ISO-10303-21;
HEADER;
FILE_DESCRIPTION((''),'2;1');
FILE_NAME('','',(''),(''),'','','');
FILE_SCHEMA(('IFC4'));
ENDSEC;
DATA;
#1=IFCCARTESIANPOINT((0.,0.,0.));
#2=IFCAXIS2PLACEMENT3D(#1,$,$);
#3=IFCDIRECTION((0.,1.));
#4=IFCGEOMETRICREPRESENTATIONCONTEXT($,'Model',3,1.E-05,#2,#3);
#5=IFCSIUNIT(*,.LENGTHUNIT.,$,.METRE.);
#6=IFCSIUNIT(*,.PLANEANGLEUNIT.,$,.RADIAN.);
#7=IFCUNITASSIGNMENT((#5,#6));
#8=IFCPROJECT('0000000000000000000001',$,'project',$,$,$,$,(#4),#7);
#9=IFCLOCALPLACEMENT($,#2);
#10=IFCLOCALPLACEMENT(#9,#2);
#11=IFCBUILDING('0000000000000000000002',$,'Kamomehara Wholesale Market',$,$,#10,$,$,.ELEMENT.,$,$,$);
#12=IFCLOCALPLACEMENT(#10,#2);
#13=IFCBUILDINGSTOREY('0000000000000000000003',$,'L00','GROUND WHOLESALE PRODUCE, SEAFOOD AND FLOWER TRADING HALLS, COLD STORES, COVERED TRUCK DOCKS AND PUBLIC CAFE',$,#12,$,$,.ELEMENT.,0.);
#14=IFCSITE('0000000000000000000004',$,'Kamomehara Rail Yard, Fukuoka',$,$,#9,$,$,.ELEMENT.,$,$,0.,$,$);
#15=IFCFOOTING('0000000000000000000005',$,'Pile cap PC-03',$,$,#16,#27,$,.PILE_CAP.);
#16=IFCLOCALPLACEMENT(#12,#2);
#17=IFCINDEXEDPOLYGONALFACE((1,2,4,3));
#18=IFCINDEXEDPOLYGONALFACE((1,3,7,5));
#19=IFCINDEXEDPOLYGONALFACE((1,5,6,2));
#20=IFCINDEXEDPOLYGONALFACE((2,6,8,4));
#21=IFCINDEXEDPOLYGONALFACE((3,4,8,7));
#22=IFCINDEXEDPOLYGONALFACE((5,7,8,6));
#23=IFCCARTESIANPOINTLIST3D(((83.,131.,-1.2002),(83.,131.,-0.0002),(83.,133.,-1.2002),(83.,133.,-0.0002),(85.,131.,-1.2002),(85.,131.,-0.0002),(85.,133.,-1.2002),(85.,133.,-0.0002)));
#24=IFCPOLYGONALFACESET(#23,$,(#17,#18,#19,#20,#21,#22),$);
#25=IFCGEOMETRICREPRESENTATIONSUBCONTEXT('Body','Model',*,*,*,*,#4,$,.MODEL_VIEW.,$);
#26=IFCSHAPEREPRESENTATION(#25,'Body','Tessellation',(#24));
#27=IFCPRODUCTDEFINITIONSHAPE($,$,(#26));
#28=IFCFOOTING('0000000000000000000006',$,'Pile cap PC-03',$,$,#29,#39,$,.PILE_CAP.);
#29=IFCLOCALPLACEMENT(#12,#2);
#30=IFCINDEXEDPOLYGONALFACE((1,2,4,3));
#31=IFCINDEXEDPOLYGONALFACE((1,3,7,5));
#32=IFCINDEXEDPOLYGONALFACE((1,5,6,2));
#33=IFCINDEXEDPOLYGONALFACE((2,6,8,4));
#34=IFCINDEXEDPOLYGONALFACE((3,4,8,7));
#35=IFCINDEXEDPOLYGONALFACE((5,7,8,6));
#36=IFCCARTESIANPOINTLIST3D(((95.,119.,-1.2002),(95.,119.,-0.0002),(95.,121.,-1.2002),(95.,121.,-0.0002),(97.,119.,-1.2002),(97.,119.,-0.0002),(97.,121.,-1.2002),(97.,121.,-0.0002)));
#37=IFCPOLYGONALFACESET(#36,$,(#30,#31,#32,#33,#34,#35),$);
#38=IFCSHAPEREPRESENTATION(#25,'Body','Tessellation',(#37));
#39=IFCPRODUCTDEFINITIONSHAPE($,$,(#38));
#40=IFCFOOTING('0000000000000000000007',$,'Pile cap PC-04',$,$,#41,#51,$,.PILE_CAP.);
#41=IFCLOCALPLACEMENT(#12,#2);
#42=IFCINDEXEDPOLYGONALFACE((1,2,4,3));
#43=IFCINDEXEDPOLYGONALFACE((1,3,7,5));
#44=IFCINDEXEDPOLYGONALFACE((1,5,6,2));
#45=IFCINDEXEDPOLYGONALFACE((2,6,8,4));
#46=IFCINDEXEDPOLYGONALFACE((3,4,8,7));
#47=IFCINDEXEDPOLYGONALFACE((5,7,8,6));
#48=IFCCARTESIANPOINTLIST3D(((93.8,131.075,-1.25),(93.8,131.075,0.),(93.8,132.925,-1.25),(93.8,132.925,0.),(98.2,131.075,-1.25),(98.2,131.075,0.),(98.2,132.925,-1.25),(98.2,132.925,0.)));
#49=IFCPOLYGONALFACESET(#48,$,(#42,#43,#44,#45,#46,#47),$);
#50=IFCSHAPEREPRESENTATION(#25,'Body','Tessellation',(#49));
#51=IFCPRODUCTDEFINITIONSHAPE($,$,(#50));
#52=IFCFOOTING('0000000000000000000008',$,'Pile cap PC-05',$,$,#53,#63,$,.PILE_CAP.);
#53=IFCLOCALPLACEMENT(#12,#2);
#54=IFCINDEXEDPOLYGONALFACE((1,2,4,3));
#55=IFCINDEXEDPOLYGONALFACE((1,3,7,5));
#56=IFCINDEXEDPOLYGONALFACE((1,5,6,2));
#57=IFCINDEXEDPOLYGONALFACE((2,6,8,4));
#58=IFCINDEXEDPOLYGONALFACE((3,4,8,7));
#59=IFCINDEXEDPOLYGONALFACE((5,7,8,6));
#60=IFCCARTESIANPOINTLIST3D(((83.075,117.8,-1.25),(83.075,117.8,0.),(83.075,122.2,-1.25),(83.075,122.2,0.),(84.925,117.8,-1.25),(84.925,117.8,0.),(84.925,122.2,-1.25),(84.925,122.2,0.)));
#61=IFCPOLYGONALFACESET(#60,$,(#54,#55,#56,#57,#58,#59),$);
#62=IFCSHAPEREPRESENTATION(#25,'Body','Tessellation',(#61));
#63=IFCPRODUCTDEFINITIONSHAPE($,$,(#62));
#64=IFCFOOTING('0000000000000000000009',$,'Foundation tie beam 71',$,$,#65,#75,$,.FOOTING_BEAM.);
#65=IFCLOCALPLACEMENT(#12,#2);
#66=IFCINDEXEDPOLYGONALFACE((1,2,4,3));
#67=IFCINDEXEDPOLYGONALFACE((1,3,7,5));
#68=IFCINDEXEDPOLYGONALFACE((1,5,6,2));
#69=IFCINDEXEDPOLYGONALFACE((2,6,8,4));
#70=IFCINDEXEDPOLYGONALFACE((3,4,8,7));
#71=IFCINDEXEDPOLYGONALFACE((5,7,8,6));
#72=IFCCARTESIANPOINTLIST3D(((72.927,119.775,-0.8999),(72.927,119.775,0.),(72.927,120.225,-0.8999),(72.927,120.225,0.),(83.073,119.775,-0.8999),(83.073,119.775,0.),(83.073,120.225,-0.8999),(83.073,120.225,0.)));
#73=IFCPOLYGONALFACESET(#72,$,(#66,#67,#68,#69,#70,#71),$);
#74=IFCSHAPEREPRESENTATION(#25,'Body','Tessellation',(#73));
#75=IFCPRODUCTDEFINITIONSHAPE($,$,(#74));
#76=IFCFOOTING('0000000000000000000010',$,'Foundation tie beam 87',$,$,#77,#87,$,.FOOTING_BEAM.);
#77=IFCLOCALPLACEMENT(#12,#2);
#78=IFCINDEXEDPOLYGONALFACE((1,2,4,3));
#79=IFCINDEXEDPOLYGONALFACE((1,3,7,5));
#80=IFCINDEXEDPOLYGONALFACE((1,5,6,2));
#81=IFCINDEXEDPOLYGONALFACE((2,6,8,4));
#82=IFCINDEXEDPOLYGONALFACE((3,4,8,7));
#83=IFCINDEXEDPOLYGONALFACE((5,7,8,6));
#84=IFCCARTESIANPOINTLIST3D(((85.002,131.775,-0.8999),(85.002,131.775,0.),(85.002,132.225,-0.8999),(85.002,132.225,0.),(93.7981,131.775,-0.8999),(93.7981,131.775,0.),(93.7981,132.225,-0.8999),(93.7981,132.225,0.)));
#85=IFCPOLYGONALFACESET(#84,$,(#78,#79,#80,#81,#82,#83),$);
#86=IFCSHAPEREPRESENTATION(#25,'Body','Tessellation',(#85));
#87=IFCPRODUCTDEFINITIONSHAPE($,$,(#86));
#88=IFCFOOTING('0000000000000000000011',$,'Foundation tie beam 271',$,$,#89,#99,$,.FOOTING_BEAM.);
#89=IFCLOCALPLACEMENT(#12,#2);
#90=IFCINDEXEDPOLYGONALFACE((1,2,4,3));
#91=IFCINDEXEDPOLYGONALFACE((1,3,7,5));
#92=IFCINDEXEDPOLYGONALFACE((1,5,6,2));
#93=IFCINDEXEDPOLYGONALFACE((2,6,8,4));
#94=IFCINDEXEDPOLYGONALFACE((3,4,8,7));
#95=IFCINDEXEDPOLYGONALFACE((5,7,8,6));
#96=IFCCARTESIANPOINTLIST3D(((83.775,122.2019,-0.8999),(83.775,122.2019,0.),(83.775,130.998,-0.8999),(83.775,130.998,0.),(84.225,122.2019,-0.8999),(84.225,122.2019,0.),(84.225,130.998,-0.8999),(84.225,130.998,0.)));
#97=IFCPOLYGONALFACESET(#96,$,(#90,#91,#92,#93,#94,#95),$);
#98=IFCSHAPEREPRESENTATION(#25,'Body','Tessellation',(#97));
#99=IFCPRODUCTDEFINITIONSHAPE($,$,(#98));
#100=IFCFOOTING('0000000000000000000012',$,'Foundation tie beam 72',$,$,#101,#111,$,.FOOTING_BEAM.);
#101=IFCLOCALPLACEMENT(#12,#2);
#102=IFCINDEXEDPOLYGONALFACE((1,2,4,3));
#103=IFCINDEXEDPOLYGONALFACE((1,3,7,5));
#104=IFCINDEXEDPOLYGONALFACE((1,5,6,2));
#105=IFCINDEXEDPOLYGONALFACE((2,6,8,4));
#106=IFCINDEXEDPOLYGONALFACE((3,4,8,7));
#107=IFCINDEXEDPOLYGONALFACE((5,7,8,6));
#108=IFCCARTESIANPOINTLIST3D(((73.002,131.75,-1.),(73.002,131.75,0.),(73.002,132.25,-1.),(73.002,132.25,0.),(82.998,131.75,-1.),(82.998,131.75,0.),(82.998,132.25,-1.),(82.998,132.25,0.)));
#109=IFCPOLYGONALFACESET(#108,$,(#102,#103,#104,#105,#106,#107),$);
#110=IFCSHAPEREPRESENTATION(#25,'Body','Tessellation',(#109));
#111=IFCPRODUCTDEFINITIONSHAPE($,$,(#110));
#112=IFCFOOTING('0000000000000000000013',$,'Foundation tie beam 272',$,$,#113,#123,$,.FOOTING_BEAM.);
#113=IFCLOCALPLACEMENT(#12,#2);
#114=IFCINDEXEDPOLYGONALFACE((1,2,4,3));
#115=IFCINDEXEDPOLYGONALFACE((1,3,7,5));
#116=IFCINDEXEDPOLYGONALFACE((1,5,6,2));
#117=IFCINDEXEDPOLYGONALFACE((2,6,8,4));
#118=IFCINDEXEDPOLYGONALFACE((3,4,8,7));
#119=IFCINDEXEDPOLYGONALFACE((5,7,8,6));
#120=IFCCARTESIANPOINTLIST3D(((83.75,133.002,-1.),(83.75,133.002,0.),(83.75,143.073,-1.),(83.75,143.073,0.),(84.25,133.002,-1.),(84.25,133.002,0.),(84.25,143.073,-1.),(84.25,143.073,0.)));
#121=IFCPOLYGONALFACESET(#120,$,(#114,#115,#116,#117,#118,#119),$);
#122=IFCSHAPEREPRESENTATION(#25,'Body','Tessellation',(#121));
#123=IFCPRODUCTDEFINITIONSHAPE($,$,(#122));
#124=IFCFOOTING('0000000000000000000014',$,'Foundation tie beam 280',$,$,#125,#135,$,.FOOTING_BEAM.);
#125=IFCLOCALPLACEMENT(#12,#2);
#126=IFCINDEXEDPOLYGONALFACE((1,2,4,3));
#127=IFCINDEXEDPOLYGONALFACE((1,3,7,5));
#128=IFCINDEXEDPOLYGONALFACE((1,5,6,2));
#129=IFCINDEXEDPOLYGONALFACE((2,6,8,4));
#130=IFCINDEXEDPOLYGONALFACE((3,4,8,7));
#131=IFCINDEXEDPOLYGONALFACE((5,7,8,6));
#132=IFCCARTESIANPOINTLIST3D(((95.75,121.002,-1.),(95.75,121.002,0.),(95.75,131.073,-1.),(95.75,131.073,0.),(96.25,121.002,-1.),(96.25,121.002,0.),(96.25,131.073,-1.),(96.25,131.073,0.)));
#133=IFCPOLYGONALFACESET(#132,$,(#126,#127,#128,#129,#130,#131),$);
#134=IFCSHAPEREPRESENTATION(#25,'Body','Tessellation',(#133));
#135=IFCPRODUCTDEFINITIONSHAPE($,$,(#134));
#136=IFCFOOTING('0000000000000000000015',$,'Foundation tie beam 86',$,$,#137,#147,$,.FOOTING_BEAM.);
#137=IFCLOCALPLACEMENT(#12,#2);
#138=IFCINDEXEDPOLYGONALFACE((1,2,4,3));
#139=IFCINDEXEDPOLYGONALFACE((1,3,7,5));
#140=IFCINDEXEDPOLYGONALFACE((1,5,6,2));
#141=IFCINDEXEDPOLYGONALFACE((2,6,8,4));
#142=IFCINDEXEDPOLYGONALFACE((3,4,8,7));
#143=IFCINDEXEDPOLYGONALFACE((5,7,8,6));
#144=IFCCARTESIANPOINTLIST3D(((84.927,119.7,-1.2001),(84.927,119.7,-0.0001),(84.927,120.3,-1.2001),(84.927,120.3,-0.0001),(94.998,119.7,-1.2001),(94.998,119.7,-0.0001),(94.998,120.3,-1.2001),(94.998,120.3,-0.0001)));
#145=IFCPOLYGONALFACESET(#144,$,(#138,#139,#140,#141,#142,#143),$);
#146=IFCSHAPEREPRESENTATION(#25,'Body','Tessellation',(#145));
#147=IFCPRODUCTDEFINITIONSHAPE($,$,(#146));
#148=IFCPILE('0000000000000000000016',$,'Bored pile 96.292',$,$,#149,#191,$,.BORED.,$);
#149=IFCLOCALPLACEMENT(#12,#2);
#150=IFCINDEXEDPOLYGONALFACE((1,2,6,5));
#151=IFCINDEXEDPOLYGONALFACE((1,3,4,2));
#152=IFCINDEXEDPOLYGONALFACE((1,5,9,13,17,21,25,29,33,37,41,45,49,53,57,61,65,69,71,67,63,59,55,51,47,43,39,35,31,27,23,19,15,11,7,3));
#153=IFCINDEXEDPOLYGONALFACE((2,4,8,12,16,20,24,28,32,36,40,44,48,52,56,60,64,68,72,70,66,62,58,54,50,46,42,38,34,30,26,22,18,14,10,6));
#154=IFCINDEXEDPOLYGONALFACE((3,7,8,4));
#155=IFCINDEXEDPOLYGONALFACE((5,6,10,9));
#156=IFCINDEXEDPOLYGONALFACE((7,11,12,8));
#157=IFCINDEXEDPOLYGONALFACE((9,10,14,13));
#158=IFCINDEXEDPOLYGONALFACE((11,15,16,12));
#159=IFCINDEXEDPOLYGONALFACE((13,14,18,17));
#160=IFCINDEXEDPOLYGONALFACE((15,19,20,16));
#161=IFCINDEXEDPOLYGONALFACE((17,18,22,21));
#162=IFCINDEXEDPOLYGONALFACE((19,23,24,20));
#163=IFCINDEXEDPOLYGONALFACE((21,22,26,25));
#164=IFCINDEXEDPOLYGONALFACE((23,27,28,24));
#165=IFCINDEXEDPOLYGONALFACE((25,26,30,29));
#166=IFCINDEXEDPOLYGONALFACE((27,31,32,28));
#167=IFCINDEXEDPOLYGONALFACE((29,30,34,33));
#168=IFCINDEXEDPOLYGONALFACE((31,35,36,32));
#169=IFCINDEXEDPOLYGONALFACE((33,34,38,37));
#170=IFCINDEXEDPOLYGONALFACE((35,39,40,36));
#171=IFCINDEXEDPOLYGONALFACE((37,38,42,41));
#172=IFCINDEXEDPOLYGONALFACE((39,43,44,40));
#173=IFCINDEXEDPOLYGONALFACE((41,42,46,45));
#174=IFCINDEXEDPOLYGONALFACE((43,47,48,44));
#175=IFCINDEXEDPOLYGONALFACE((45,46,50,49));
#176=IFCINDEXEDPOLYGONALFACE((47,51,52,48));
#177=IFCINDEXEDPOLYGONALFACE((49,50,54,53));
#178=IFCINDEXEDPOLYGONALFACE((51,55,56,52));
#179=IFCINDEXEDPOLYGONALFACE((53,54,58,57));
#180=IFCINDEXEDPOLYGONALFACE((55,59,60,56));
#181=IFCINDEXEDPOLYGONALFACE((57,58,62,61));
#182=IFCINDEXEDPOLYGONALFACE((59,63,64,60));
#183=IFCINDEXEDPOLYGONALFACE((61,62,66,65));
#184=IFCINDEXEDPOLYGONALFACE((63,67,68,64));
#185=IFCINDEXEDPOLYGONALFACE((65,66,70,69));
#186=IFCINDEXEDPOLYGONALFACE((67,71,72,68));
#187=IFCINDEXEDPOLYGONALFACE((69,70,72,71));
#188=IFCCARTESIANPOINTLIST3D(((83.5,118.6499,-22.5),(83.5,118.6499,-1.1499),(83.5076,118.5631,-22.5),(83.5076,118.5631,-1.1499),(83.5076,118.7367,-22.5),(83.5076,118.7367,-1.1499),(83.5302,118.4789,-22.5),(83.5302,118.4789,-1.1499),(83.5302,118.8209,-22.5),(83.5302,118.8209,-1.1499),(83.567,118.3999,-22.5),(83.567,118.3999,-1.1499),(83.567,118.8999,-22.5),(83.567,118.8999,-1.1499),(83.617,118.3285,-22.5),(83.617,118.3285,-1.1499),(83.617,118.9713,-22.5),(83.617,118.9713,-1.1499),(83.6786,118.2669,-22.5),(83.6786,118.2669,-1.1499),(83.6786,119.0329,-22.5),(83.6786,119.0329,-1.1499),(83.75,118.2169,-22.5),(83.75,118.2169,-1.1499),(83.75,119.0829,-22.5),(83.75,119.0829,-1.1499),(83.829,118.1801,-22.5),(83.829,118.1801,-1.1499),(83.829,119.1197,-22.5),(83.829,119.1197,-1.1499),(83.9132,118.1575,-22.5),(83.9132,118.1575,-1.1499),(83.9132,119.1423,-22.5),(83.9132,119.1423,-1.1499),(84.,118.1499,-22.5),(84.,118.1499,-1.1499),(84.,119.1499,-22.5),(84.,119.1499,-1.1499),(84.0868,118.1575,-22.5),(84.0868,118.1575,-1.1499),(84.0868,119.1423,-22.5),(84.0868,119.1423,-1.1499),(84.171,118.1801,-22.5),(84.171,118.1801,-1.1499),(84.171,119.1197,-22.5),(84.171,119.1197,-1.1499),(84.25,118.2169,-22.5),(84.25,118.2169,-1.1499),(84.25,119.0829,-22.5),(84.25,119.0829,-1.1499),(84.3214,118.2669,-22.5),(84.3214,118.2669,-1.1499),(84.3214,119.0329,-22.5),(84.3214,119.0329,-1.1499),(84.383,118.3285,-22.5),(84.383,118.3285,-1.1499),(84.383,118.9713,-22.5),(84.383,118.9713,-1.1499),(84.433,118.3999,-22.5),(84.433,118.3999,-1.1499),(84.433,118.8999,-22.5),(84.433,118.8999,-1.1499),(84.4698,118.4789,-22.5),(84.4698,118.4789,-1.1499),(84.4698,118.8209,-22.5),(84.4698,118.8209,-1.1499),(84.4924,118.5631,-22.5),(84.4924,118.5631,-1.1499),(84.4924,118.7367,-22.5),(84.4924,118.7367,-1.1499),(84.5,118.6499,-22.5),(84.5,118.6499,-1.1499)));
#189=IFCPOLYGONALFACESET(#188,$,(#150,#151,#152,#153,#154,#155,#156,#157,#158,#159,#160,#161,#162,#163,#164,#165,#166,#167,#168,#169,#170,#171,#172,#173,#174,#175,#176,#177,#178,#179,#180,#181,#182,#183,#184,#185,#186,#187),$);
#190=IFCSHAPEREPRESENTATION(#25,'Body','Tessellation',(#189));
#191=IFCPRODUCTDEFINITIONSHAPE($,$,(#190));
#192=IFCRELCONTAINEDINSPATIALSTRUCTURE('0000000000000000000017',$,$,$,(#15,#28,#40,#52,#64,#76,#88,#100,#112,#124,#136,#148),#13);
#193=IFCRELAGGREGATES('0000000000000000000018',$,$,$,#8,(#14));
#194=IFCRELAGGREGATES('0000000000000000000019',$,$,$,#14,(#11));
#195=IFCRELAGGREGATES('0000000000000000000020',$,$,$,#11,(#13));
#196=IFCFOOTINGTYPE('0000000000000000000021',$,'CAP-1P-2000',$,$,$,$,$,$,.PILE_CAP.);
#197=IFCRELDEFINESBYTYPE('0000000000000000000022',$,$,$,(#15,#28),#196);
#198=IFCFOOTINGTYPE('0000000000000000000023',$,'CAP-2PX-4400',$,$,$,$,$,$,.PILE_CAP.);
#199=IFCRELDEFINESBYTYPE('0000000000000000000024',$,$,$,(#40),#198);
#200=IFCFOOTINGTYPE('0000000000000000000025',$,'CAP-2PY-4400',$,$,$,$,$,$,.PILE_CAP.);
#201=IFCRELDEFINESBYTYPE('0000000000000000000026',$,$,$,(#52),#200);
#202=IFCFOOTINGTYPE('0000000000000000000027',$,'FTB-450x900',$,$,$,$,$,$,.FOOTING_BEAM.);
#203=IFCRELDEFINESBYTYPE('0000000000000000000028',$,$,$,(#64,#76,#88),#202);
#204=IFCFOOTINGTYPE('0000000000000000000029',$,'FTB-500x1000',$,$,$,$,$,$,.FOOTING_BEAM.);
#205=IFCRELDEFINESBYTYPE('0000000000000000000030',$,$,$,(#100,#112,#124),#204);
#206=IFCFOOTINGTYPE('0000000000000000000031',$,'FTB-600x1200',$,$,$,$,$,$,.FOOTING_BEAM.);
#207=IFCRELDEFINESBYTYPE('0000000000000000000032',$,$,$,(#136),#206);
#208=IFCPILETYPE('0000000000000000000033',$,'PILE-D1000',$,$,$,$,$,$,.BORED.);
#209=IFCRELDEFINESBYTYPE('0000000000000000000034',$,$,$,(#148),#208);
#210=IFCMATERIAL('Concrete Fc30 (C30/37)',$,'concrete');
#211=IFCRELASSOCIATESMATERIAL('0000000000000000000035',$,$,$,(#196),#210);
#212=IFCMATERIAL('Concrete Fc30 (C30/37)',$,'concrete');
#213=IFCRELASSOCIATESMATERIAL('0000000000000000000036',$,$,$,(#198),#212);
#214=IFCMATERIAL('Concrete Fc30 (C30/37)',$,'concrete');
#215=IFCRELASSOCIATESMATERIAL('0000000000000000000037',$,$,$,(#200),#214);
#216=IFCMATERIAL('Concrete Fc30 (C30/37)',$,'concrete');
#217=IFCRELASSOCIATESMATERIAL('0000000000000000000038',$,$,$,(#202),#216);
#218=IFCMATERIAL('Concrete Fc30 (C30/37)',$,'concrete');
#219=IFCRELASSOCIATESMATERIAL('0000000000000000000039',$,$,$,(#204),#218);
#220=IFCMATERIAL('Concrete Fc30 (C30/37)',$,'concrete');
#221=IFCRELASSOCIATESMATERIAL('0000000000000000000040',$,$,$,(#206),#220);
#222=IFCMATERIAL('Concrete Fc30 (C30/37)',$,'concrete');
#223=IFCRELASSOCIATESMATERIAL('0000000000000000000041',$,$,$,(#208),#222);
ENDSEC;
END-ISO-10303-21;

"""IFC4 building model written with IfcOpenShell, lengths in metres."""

from ifc_helpers import new_model, si_unit, direction, frame, origin, origin_2d, place, context, subcontext, project, spatial, rectangle, circle, extrude, material, material_profile, profile_set, type_object, element, save


model = new_model("IFC4")

# Units and contexts
model_context = context("Model", 3, precision=1e-05, world=origin(), true_north=direction((0.0, 1.0)))
body_context = subcontext(model_context, "Body", "Model", "MODEL_VIEW")
ifc_project = project(units=[si_unit("LENGTHUNIT", "METRE"), si_unit("PLANEANGLEUNIT", "RADIAN")], contexts=[model_context])

# Site, building, storey
site_placement = place(None, origin())
site = spatial("IfcSite", under=ifc_project, at=site_placement, Name="Kamomehara Rail Yard, Fukuoka", CompositionType="ELEMENT", RefElevation=0.0)
building_placement = place(site_placement, origin())
building = spatial("IfcBuilding", under=site, at=building_placement, Name="Kamomehara Wholesale Market", CompositionType="ELEMENT")
storey_placement = place(building_placement, origin())
storey = spatial("IfcBuildingStorey", under=building, at=storey_placement, Name="L00", Description="GROUND WHOLESALE PRODUCE, SEAFOOD AND FLOWER TRADING HALLS, COLD STORES, COVERED TRUCK DOCKS AND PUBLIC CAFE", CompositionType="ELEMENT", Elevation=0.0)

# Footings
ifc_material_1 = material(Name="Concrete Fc30 (C30/37)", Category="concrete")
footing_type_1 = type_object("IfcFootingType", Name="CAP-1P-2000", PredefinedType="PILE_CAP", material=ifc_material_1)
for number, where, z_axis, x_axis, name in (
    (1, (84.0, 132.0, -1.2002), (0.0, 0.0, 1.0), (1.0, 0.0, 0.0), "Pile cap PC-03"),
    (2, (96.0, 120.0, -1.2002), (0.0, 0.0, 1.0), (1.0, 0.0, 0.0), "Pile cap PC-03"),
):
    element("IfcFooting", number, at=place(storey_placement, frame(where, z_axis=z_axis, x_axis=x_axis)), inside=storey, type_object=footing_type_1, Name=name, PredefinedType="PILE_CAP", context=body_context, shape_type="SweptSolid", body=[
        extrude(rectangle(XDim=2.0, YDim=2.0, at=origin_2d()), origin(), (0.0, 0.0, 1.0), 1.2),
    ])
ifc_material_2 = material(Name="Concrete Fc30 (C30/37)", Category="concrete")
footing_type_2 = type_object("IfcFootingType", Name="CAP-2PX-4400", PredefinedType="PILE_CAP", material=ifc_material_2)
footing_1_placement = place(storey_placement, frame((96.0, 132.0, -1.25), z_axis=(0.0, 0.0, 1.0), x_axis=(1.0, 0.0, 0.0)))
element("IfcFooting", 3, at=footing_1_placement, inside=storey, type_object=footing_type_2, Name="Pile cap PC-04", PredefinedType="PILE_CAP", context=body_context, shape_type="SweptSolid", body=[
    extrude(rectangle(XDim=4.3999, YDim=1.8501, at=origin_2d()), origin(), (0.0, 0.0, 1.0), 1.25),
])
ifc_material_3 = material(Name="Concrete Fc30 (C30/37)", Category="concrete")
footing_type_3 = type_object("IfcFootingType", Name="CAP-2PY-4400", PredefinedType="PILE_CAP", material=ifc_material_3)
footing_2_placement = place(storey_placement, frame((84.0, 120.0, -1.25), z_axis=(0.0, 0.0, 1.0), x_axis=(1.0, 0.0, 0.0)))
element("IfcFooting", 4, at=footing_2_placement, inside=storey, type_object=footing_type_3, Name="Pile cap PC-05", PredefinedType="PILE_CAP", context=body_context, shape_type="SweptSolid", body=[
    extrude(rectangle(XDim=1.8501, YDim=4.3999, at=origin_2d()), origin(), (0.0, 0.0, 1.0), 1.25),
])
ifc_material_4 = material(Name="Concrete Fc30 (C30/37)", Category="concrete")
ifc_material_profile_1 = material_profile(ifc_material_4, rectangle(XDim=0.45, YDim=0.8999, at=origin_2d()), Name="RC-FTB-450x900")
ifc_profile_set_1 = profile_set([ifc_material_profile_1], Name="Concrete Fc30 (C30/37)")
footing_type_4 = type_object("IfcFootingType", Name="FTB-450x900", PredefinedType="FOOTING_BEAM", material=ifc_profile_set_1)
footing_3_placement = place(storey_placement, frame((72.927, 120.0, -0.45), z_axis=(1.0, 0.0, 0.0), x_axis=(0.0, 1.0, 0.0)))
element("IfcFooting", 5, at=footing_3_placement, inside=storey, type_object=footing_type_4, Name="Foundation tie beam 71", PredefinedType="FOOTING_BEAM", context=body_context, shape_type="SweptSolid", body=[
    extrude(rectangle(XDim=0.45, YDim=0.8999, at=origin_2d()), origin(), (0.0, 0.0, 1.0), 10.146),
])
for number, where, z_axis, x_axis, name in (
    (6, (85.002, 132.0, -0.45), (1.0, 0.0, 0.0), (0.0, 1.0, 0.0), "Foundation tie beam 87"),
    (7, (84.0, 122.2019, -0.45), (0.0, 1.0, 0.0), (-1.0, 0.0, 0.0), "Foundation tie beam 271"),
):
    element("IfcFooting", number, at=place(storey_placement, frame(where, z_axis=z_axis, x_axis=x_axis)), inside=storey, type_object=footing_type_4, Name=name, PredefinedType="FOOTING_BEAM", context=body_context, shape_type="SweptSolid", body=[
        extrude(rectangle(XDim=0.45, YDim=0.8999, at=origin_2d()), origin(), (0.0, 0.0, 1.0), 8.7961),
    ])
ifc_material_5 = material(Name="Concrete Fc30 (C30/37)", Category="concrete")
ifc_material_profile_2 = material_profile(ifc_material_5, rectangle(XDim=0.5, YDim=1.0, at=origin_2d()), Name="RC-FTB-500x1000")
ifc_profile_set_2 = profile_set([ifc_material_profile_2], Name="Concrete Fc30 (C30/37)")
footing_type_5 = type_object("IfcFootingType", Name="FTB-500x1000", PredefinedType="FOOTING_BEAM", material=ifc_profile_set_2)
footing_4_placement = place(storey_placement, frame((73.002, 132.0, -0.5), z_axis=(1.0, 0.0, 0.0), x_axis=(0.0, 1.0, 0.0)))
element("IfcFooting", 8, at=footing_4_placement, inside=storey, type_object=footing_type_5, Name="Foundation tie beam 72", PredefinedType="FOOTING_BEAM", context=body_context, shape_type="SweptSolid", body=[
    extrude(rectangle(XDim=0.5, YDim=1.0, at=origin_2d()), origin(), (0.0, 0.0, 1.0), 9.9961),
])
for number, where, z_axis, x_axis, name in (
    (9, (84.0, 133.002, -0.5), (0.0, 1.0, 0.0), (-1.0, 0.0, 0.0), "Foundation tie beam 272"),
    (10, (96.0, 121.002, -0.5), (0.0, 1.0, 0.0), (-1.0, 0.0, 0.0), "Foundation tie beam 280"),
):
    element("IfcFooting", number, at=place(storey_placement, frame(where, z_axis=z_axis, x_axis=x_axis)), inside=storey, type_object=footing_type_5, Name=name, PredefinedType="FOOTING_BEAM", context=body_context, shape_type="SweptSolid", body=[
        extrude(rectangle(XDim=0.5, YDim=1.0, at=origin_2d()), origin(), (0.0, 0.0, 1.0), 10.071),
    ])
ifc_material_6 = material(Name="Concrete Fc30 (C30/37)", Category="concrete")
ifc_material_profile_3 = material_profile(ifc_material_6, rectangle(XDim=0.6001, YDim=1.2, at=origin_2d()), Name="RC-FTB-600x1200")
ifc_profile_set_3 = profile_set([ifc_material_profile_3], Name="Concrete Fc30 (C30/37)")
footing_type_6 = type_object("IfcFootingType", Name="FTB-600x1200", PredefinedType="FOOTING_BEAM", material=ifc_profile_set_3)
footing_5_placement = place(storey_placement, frame((84.927, 120.0, -0.6001), z_axis=(1.0, 0.0, 0.0), x_axis=(0.0, 1.0, 0.0)))
element("IfcFooting", 11, at=footing_5_placement, inside=storey, type_object=footing_type_6, Name="Foundation tie beam 86", PredefinedType="FOOTING_BEAM", context=body_context, shape_type="SweptSolid", body=[
    extrude(rectangle(XDim=0.6001, YDim=1.2, at=origin_2d()), origin(), (0.0, 0.0, 1.0), 10.071),
])

# Pile
ifc_material_7 = material(Name="Concrete Fc30 (C30/37)", Category="concrete")
ifc_material_profile_4 = material_profile(ifc_material_7, circle(Radius=0.5, at=origin_2d()), Name="RC-PILE-D1000")
ifc_profile_set_4 = profile_set([ifc_material_profile_4], Name="Concrete Fc30 (C30/37)")
pile_type_1 = type_object("IfcPileType", Name="PILE-D1000", PredefinedType="BORED", material=ifc_profile_set_4)
for number, where, z_axis, x_axis, name in (
    (12, (84.0, 118.6499, -1.1499), (0.0, 0.0, -1.0), (1.0, 0.0, 0.0), "Bored pile 96.292"),
):
    element("IfcPile", number, at=place(storey_placement, frame(where, z_axis=z_axis, x_axis=x_axis)), inside=storey, type_object=pile_type_1, Name=name, PredefinedType="BORED", context=body_context, shape_type="SweptSolid", body=[
        extrude(circle(Radius=0.5, at=origin_2d()), origin(), (0.0, 0.0, 1.0), 21.3501),
    ])

save(model, "model.ifc")
